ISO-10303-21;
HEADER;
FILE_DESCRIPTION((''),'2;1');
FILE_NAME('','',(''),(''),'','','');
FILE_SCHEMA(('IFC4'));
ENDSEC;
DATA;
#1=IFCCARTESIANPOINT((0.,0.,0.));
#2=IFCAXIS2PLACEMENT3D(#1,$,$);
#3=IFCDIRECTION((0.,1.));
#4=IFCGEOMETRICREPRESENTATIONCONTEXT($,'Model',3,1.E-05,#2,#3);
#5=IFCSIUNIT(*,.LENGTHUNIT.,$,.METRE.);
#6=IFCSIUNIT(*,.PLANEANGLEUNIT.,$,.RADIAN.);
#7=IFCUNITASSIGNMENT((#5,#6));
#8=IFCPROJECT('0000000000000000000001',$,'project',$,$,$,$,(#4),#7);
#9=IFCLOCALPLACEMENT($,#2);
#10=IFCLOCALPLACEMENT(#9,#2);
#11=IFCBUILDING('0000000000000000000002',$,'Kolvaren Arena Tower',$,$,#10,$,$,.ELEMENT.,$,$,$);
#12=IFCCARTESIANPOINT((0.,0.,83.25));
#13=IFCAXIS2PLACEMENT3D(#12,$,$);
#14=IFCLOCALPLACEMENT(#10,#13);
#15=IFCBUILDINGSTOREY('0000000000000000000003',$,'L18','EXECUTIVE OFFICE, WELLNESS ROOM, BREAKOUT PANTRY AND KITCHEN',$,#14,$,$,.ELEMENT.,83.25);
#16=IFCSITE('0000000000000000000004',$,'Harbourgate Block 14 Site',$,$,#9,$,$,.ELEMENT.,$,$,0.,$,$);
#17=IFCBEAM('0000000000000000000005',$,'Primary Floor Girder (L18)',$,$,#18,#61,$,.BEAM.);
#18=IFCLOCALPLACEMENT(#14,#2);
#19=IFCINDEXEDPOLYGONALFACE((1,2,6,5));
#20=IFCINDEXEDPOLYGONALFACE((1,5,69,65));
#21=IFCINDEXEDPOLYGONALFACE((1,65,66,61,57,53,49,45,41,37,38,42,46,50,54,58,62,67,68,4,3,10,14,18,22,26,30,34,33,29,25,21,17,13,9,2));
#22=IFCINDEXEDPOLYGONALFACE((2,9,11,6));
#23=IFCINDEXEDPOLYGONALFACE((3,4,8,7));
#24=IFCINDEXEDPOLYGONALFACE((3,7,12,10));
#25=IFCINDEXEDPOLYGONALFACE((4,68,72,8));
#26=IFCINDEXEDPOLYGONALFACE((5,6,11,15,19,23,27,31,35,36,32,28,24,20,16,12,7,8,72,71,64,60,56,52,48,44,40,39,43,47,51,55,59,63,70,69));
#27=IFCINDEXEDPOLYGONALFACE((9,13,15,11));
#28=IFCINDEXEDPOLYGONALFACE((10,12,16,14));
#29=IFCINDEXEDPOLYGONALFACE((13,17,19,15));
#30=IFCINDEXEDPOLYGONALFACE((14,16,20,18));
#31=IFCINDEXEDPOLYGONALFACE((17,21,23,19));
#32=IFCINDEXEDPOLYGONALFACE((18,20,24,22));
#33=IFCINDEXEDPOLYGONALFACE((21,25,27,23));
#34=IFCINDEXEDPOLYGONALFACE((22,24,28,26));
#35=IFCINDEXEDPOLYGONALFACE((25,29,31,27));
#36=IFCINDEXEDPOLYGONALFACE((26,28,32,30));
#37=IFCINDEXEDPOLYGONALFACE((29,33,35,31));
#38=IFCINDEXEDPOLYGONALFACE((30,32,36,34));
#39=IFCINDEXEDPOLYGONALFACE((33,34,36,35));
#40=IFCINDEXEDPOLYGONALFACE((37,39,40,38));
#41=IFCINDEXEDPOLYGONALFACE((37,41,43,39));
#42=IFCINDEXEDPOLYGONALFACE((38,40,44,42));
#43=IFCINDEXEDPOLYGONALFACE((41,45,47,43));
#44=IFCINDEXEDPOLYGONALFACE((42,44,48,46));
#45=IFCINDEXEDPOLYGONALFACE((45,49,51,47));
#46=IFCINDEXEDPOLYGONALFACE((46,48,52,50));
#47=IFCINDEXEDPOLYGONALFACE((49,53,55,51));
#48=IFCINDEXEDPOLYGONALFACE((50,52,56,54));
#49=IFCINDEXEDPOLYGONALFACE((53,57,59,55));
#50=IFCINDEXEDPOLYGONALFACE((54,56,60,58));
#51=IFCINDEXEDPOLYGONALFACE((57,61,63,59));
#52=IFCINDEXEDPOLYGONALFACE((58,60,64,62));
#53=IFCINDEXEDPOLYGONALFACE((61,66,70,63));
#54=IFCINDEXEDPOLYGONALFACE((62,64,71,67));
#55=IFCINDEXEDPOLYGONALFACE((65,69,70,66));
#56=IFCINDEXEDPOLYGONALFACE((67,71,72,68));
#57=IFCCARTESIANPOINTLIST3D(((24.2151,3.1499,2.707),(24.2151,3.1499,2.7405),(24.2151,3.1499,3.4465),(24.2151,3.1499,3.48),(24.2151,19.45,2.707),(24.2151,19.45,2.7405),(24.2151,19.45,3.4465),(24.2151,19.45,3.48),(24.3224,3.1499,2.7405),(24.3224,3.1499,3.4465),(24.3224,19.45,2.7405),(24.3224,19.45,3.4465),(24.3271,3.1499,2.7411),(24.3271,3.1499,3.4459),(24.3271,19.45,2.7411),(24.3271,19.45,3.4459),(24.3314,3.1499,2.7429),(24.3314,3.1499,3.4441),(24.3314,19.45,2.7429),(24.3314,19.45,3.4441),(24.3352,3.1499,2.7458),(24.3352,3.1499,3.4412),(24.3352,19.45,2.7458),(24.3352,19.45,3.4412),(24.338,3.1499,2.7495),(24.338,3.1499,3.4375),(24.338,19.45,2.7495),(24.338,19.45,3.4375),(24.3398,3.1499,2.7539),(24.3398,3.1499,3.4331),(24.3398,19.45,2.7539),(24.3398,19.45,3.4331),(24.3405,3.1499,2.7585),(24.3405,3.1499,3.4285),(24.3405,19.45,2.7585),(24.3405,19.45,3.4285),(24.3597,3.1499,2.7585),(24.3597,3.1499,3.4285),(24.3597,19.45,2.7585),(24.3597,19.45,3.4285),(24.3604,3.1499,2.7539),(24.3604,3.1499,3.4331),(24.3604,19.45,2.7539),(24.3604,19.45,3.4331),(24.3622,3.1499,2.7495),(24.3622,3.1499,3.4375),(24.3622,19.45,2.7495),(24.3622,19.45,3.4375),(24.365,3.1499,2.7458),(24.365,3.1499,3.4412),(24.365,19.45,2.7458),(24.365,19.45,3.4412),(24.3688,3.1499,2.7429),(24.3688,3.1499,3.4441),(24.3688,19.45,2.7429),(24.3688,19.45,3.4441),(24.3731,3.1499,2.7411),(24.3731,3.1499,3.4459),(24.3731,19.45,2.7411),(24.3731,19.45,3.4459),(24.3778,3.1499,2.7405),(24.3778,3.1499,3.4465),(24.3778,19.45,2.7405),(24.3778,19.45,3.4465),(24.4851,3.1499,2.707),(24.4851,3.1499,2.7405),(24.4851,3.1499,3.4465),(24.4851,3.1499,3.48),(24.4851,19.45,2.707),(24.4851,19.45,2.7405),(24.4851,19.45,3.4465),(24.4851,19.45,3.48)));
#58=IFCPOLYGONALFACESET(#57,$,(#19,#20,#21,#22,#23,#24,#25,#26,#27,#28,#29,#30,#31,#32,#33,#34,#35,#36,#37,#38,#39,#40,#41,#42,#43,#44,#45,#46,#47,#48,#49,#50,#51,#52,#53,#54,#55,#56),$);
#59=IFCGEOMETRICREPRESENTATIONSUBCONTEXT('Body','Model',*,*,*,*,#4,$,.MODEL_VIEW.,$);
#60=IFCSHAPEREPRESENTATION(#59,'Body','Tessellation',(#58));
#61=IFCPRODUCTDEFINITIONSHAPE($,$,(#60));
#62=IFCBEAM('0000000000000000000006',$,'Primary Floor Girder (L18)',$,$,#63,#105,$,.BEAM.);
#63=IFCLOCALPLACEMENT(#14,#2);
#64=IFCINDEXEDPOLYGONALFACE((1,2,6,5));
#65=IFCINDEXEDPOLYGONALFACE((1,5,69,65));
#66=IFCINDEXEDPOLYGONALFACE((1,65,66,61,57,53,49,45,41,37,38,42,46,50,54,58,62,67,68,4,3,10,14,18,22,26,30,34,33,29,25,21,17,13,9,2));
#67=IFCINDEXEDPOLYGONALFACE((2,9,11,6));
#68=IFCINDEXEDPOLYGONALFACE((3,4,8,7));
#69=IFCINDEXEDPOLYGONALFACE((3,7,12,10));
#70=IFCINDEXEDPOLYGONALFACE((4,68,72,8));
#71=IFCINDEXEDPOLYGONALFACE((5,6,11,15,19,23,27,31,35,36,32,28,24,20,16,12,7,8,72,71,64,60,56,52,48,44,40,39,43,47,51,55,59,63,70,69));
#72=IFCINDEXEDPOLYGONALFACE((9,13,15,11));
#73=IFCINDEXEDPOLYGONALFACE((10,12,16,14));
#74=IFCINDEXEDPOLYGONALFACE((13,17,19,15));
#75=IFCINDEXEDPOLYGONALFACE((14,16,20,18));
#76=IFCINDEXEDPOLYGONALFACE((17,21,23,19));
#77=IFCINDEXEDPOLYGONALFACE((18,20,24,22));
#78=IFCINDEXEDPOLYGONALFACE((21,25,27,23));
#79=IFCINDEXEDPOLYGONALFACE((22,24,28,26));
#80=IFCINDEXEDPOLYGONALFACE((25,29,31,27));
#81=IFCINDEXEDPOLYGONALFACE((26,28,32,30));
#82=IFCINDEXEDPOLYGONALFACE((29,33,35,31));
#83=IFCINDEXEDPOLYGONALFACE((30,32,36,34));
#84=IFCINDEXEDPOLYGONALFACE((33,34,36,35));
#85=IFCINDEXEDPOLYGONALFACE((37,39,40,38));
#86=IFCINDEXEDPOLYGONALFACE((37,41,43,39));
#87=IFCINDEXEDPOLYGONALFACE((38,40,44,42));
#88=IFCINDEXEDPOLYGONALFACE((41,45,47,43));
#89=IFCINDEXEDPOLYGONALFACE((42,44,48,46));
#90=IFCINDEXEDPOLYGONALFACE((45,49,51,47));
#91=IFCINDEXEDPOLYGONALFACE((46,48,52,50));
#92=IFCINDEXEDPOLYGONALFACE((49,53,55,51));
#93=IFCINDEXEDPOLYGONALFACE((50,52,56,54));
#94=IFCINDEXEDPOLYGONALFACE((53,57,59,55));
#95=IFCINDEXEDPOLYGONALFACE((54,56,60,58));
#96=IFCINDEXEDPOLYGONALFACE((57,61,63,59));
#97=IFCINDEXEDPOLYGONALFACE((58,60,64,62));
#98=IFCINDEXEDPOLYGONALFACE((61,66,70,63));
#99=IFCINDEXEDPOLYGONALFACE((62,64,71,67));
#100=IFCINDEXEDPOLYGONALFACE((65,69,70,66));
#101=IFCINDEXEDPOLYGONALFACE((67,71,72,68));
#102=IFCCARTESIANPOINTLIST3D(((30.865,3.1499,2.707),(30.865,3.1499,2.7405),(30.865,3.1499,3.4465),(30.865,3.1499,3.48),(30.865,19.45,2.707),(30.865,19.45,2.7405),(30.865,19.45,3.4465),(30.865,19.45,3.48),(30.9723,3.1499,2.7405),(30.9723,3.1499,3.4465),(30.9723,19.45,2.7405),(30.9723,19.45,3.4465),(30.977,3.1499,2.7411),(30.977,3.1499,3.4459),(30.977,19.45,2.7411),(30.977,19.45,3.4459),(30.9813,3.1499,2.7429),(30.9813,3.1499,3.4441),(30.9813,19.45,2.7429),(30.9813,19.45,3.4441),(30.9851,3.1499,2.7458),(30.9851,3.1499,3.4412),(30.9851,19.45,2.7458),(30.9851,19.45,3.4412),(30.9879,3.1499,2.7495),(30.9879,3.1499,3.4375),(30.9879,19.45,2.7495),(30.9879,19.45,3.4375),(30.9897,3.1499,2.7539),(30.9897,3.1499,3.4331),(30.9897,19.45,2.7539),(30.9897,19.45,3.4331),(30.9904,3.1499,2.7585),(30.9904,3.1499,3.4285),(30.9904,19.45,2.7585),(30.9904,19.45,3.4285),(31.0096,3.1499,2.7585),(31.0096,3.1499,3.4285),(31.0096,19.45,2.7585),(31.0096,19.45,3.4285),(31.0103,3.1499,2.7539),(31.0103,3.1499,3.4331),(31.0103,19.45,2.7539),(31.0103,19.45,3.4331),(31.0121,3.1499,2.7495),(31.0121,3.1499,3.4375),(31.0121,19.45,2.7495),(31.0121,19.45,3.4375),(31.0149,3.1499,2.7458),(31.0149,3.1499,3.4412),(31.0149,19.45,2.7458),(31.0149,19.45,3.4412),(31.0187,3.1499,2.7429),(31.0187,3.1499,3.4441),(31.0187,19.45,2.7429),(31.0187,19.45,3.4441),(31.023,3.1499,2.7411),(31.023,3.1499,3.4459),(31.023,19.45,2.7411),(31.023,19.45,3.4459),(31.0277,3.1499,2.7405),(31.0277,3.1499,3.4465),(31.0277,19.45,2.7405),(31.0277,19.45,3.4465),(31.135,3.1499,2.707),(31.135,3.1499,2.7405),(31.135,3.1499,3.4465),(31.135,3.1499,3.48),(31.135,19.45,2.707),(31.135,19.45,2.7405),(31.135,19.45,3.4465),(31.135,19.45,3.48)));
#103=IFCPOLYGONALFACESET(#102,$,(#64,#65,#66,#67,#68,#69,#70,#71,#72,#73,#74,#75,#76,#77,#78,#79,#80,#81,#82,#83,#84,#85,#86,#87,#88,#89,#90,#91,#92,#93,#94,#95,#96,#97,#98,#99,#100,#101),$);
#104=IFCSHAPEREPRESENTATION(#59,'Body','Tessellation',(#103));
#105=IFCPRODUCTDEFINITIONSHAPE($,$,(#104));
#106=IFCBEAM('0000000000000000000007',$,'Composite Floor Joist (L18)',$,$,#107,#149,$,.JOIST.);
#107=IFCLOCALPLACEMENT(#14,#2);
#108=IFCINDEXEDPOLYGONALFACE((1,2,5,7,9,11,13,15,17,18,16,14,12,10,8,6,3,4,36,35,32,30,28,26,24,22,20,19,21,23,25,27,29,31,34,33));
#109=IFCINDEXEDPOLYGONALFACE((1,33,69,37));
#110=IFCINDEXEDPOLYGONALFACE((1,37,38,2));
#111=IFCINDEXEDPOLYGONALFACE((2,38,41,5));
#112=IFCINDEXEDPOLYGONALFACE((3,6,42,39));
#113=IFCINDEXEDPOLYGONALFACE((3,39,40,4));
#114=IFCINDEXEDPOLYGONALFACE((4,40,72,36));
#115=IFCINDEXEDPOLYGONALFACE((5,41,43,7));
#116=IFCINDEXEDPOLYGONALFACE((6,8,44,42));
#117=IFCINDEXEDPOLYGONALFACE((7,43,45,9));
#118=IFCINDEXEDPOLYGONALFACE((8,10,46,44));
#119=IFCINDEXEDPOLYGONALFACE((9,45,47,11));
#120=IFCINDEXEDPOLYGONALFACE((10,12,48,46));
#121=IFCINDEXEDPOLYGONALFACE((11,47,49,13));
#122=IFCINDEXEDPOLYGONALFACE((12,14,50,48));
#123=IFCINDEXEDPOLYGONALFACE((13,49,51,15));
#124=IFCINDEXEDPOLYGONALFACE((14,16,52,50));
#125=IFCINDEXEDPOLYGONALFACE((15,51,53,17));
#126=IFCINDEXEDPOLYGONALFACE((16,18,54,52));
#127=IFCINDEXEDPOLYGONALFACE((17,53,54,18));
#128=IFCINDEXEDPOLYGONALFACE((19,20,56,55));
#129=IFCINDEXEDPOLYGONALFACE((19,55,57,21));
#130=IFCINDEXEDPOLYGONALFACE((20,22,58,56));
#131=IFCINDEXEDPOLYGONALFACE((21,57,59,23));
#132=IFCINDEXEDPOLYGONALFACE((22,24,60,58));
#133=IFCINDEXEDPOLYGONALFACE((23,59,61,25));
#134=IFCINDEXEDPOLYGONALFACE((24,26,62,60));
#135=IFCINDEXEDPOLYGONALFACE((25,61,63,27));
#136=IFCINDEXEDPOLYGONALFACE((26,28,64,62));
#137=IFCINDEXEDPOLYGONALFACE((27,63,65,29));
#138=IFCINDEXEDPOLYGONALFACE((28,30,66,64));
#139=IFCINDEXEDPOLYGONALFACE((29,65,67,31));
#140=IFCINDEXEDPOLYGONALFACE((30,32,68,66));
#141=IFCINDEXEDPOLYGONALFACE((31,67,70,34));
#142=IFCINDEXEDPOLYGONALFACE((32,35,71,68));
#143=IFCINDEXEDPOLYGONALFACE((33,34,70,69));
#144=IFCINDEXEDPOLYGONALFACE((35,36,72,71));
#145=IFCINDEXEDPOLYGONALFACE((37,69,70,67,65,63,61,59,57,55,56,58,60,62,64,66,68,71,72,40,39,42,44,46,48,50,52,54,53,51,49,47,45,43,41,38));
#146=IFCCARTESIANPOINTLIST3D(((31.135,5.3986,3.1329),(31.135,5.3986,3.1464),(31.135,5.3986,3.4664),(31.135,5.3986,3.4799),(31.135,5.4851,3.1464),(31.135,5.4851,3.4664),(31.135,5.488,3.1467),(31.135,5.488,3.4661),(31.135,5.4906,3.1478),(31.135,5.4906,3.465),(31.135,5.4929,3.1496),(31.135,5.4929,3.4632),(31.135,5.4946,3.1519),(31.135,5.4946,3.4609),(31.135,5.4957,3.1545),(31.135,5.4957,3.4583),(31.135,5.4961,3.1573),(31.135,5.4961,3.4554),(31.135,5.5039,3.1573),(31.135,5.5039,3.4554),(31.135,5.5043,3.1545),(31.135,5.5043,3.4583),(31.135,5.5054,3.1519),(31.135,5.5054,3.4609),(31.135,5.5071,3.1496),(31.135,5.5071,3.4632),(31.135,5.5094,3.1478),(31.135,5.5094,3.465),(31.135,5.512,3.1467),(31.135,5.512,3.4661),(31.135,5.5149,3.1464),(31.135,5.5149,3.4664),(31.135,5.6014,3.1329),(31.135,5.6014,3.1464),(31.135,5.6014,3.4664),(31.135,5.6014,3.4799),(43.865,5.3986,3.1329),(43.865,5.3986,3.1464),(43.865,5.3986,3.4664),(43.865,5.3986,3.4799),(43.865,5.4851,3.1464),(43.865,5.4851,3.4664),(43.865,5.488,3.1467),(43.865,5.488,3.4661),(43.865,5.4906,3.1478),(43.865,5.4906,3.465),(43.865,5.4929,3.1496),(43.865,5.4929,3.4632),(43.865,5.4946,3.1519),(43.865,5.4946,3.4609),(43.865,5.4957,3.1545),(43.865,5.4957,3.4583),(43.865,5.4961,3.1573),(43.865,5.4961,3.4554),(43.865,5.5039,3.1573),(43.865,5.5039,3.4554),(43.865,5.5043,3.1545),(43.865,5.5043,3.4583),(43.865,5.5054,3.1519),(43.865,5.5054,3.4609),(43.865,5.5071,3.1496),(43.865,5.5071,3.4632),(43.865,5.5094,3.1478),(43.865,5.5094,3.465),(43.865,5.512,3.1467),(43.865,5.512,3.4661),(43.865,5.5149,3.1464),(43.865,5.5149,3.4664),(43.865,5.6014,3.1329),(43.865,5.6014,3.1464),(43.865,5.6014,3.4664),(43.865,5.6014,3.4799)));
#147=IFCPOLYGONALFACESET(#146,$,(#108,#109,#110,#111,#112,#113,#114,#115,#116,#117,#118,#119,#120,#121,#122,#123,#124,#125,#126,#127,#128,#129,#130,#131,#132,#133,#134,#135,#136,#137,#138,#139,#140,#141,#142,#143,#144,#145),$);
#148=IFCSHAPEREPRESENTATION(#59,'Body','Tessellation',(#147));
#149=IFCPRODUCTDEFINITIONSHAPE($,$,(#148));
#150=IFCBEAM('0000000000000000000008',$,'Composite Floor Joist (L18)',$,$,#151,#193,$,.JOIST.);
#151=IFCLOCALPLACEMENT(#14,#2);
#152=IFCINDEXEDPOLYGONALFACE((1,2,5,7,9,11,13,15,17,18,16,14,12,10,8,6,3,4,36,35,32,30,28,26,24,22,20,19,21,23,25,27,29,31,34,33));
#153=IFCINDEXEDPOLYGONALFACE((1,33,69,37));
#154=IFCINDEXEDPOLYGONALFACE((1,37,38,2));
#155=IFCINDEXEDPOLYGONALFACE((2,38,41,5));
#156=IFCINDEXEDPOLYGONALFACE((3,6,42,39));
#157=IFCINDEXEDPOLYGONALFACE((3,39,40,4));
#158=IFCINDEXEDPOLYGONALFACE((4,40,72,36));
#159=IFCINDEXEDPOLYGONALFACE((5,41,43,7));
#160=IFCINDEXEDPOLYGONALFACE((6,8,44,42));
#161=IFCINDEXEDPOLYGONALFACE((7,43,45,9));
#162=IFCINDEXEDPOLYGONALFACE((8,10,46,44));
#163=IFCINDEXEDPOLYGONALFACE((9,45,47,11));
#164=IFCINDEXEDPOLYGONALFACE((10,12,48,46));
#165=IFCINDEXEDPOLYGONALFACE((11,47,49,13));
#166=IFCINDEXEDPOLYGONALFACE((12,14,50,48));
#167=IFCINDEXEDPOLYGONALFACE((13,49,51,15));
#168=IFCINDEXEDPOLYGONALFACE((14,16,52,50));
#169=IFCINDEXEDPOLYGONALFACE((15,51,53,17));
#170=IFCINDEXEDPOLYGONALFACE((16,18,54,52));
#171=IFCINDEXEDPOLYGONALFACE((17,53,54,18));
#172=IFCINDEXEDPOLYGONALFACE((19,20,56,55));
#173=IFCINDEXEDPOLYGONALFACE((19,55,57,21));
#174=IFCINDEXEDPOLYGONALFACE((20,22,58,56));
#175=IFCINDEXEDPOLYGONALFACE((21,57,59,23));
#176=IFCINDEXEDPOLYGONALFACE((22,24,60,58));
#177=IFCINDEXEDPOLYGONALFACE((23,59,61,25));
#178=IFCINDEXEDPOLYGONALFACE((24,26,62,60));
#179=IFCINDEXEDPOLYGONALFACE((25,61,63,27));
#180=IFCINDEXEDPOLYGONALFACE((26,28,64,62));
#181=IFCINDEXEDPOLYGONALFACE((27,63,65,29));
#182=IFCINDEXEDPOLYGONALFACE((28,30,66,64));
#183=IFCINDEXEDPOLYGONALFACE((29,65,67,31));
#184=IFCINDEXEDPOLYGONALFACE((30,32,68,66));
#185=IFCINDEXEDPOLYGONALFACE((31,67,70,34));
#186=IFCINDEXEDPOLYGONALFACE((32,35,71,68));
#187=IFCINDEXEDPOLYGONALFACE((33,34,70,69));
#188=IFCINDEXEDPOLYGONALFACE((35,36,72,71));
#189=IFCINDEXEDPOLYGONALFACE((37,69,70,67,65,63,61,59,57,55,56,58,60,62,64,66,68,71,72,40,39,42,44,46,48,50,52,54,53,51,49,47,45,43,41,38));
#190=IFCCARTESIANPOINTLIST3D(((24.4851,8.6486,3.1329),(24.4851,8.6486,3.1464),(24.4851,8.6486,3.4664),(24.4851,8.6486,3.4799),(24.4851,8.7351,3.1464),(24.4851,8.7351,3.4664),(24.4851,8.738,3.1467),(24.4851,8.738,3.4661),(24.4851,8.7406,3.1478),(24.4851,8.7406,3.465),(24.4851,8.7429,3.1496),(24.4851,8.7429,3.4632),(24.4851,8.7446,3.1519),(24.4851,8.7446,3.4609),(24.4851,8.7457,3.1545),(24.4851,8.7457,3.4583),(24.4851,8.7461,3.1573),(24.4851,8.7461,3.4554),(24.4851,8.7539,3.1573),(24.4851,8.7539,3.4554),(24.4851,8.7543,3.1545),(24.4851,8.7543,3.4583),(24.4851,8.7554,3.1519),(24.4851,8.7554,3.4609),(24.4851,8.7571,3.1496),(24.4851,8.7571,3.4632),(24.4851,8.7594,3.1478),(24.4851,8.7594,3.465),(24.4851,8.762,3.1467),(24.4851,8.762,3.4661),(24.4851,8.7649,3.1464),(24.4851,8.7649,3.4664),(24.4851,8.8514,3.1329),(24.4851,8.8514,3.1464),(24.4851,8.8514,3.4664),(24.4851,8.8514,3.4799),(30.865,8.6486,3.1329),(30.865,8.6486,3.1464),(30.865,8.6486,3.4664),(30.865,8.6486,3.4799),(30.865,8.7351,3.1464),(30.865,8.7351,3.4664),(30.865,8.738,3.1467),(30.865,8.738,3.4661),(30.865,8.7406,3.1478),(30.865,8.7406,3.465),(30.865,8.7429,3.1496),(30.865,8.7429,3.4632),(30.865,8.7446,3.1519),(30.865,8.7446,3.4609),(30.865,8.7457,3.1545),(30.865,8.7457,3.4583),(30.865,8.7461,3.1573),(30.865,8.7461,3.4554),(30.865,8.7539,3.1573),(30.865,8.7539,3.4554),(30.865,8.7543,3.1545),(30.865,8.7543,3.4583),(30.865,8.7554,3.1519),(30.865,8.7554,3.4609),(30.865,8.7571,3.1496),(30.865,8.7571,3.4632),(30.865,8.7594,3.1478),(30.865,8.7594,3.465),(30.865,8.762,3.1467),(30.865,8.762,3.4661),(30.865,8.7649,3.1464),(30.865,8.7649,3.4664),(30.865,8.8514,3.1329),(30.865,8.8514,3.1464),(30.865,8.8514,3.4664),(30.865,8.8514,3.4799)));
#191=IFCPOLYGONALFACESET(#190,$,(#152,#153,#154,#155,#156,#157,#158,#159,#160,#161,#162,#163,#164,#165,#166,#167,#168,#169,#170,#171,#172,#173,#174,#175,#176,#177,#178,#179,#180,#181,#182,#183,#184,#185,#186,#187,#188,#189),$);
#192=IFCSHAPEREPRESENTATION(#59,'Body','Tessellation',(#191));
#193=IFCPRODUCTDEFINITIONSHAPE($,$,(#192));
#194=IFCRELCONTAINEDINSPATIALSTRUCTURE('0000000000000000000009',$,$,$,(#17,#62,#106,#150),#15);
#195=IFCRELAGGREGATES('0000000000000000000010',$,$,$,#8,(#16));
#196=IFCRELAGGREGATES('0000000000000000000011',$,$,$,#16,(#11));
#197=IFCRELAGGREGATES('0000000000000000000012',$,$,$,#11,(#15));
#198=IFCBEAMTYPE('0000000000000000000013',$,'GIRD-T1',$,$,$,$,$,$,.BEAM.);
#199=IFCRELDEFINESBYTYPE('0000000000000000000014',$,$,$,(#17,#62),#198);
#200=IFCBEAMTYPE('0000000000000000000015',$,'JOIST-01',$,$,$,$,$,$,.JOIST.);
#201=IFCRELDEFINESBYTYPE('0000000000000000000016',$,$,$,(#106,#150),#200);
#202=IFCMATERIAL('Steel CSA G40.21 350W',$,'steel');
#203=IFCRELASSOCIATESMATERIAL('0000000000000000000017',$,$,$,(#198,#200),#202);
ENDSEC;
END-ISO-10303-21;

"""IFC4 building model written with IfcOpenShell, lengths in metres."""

from ifc_helpers import new_model, si_unit, direction, frame, origin, origin_2d, place, context, subcontext, project, spatial, i_section, extrude, material, material_profile, profile_set, type_object, element, save


model = new_model("IFC4")

# Units and contexts
model_context = context("Model", 3, precision=1e-05, world=origin(), true_north=direction((0.0, 1.0)))
body_context = subcontext(model_context, "Body", "Model", "MODEL_VIEW")
ifc_project = project(units=[si_unit("LENGTHUNIT", "METRE"), si_unit("PLANEANGLEUNIT", "RADIAN")], contexts=[model_context])

# Site, building, storey
site_placement = place(None, origin())
site = spatial("IfcSite", under=ifc_project, at=site_placement, Name="Harbourgate Block 14 Site", CompositionType="ELEMENT", RefElevation=0.0)
building_placement = place(site_placement, origin())
building = spatial("IfcBuilding", under=site, at=building_placement, Name="Kolvaren Arena Tower", CompositionType="ELEMENT")
storey_placement = place(building_placement, frame((0.0, 0.0, 83.25)))
storey = spatial("IfcBuildingStorey", under=building, at=storey_placement, Name="L18", Description="EXECUTIVE OFFICE, WELLNESS ROOM, BREAKOUT PANTRY AND KITCHEN", CompositionType="ELEMENT", Elevation=83.25)

# Beams
ifc_material_1 = material(Name="Steel CSA G40.21 350W", Category="steel")
ifc_material_profile_1 = material_profile(ifc_material_1, i_section(OverallWidth=0.27, OverallDepth=0.7729, WebThickness=0.0193, FlangeThickness=0.0334, FilletRadius=0.0181, at=origin_2d()), Name="W760x257")
ifc_profile_set_1 = profile_set([ifc_material_profile_1], Name="Steel CSA G40.21 350W")
beam_type_1 = type_object("IfcBeamType", Name="GIRD-T1", PredefinedType="BEAM", material=ifc_profile_set_1)
for number, where, z_axis, x_axis, name in (
    (1, (24.3501, 3.1499, 3.0935), (0.0, 1.0, 0.0), (-1.0, 0.0, 0.0), "Primary Floor Girder (L18)"),
    (2, (31.0, 3.1499, 3.0935), (0.0, 1.0, 0.0), (-1.0, 0.0, 0.0), "Primary Floor Girder (L18)"),
):
    element("IfcBeam", number, at=place(storey_placement, frame(where, z_axis=z_axis, x_axis=x_axis)), inside=storey, type_object=beam_type_1, Name=name, PredefinedType="BEAM", context=body_context, shape_type="SweptSolid", body=[
        extrude(i_section(OverallWidth=0.27, OverallDepth=0.7729, WebThickness=0.0193, FlangeThickness=0.0334, FilletRadius=0.0181, at=origin_2d()), origin(), (0.0, 0.0, 1.0), 16.3),
    ])
ifc_material_profile_2 = material_profile(ifc_material_1, i_section(OverallWidth=0.2029, OverallDepth=0.3469, WebThickness=0.0078, FlangeThickness=0.0134, FilletRadius=0.011, at=origin_2d()), Name="W360x64")
ifc_profile_set_2 = profile_set([ifc_material_profile_2], Name="Steel CSA G40.21 350W")
beam_type_2 = type_object("IfcBeamType", Name="JOIST-01", PredefinedType="JOIST", material=ifc_profile_set_2)
beam_1_placement = place(storey_placement, frame((31.135, 5.5, 3.3064), z_axis=(1.0, 0.0, 0.0), x_axis=(0.0, 1.0, 0.0)))
element("IfcBeam", 3, at=beam_1_placement, inside=storey, type_object=beam_type_2, Name="Composite Floor Joist (L18)", PredefinedType="JOIST", context=body_context, shape_type="SweptSolid", body=[
    extrude(i_section(OverallWidth=0.2029, OverallDepth=0.3469, WebThickness=0.0078, FlangeThickness=0.0134, FilletRadius=0.011, at=origin_2d()), origin(), (0.0, 0.0, 1.0), 12.73),
])
beam_2_placement = place(storey_placement, frame((24.4851, 8.75, 3.3064), z_axis=(1.0, 0.0, 0.0), x_axis=(0.0, 1.0, 0.0)))
element("IfcBeam", 4, at=beam_2_placement, inside=storey, type_object=beam_type_2, Name="Composite Floor Joist (L18)", PredefinedType="JOIST", context=body_context, shape_type="SweptSolid", body=[
    extrude(i_section(OverallWidth=0.2029, OverallDepth=0.3469, WebThickness=0.0078, FlangeThickness=0.0134, FilletRadius=0.011, at=origin_2d()), origin(), (0.0, 0.0, 1.0), 6.3799),
])

save(model, "model.ifc")
